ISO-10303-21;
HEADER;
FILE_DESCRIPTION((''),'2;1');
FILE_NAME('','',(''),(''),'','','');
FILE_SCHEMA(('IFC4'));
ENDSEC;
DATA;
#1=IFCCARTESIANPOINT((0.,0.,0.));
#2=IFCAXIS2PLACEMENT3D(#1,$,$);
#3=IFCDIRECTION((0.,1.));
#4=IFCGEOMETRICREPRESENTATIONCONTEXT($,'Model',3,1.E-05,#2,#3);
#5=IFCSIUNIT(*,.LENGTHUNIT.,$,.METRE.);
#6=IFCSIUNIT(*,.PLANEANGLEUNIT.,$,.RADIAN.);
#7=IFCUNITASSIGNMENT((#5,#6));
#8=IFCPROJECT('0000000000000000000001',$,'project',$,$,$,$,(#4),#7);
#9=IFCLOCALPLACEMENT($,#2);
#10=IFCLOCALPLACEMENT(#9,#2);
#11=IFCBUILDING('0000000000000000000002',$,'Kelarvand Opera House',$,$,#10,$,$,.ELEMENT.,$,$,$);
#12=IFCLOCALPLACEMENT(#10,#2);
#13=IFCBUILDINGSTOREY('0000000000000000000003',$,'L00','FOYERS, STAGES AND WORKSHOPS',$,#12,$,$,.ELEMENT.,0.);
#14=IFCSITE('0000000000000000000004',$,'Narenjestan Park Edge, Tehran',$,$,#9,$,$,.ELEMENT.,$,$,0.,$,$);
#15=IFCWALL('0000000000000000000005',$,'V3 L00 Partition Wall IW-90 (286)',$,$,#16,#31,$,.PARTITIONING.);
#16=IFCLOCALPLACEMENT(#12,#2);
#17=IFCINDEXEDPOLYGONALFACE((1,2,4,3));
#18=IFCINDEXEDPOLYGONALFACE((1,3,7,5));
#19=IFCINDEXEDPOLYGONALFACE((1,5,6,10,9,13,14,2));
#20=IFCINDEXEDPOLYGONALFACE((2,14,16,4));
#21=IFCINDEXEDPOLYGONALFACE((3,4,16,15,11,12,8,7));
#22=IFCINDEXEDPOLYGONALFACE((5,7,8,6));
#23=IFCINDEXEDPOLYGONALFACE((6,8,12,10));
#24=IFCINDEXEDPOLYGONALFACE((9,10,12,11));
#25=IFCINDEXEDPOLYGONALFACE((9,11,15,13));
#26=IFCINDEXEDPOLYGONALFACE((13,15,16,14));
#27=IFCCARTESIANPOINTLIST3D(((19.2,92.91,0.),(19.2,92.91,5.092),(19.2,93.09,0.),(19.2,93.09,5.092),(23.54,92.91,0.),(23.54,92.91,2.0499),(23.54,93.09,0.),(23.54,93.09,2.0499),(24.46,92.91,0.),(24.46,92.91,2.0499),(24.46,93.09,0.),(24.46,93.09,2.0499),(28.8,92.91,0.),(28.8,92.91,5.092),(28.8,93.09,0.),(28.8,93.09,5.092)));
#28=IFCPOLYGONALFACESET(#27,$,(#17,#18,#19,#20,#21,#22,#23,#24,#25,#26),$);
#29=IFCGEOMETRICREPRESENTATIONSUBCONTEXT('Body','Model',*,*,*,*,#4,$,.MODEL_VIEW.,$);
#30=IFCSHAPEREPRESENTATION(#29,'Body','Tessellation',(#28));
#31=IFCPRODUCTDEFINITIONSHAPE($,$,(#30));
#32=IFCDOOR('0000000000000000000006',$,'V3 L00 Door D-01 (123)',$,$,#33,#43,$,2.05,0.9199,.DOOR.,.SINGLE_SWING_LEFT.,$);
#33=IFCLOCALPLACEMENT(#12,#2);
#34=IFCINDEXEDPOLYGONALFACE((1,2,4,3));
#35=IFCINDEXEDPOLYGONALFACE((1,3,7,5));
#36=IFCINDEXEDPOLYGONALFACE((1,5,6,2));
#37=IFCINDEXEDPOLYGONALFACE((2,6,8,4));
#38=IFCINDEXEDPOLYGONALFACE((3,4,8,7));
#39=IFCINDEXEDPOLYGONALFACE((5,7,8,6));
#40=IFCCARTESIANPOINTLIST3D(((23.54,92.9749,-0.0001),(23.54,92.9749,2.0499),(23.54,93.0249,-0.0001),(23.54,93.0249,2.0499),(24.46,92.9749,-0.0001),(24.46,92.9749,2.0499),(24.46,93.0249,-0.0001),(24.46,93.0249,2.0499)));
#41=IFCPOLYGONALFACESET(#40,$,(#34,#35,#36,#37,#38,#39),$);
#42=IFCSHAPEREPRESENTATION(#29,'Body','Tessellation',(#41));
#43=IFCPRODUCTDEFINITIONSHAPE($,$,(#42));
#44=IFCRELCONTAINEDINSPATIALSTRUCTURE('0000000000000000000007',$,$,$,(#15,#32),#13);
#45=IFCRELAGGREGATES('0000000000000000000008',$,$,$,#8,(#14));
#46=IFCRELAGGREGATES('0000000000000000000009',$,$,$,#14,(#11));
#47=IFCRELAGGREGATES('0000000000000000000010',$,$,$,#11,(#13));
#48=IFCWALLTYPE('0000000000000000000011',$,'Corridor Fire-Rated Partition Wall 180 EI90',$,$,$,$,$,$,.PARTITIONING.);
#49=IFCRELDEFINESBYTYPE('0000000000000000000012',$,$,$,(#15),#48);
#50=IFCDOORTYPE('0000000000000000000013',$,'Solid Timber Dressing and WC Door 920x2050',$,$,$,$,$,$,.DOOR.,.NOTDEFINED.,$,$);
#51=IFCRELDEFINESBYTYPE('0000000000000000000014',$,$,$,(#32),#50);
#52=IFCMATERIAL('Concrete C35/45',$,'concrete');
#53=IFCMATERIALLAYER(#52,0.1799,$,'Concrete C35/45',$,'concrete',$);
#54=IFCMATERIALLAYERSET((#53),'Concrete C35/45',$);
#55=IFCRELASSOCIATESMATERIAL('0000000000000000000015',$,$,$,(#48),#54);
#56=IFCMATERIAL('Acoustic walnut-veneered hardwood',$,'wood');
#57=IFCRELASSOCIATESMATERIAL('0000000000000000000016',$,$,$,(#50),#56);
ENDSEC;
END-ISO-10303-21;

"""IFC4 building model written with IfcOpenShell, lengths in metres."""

from ifc_helpers import new_model, si_unit, direction, frame, frame_2d, origin, place, context, subcontext, project, spatial, rectangle, extrude, material, layer, layer_set, type_object, element, fill, save


model = new_model("IFC4")

# Units and contexts
model_context = context("Model", 3, precision=1e-05, world=origin(), true_north=direction((0.0, 1.0)))
body_context = subcontext(model_context, "Body", "Model", "MODEL_VIEW")
ifc_project = project(units=[si_unit("LENGTHUNIT", "METRE"), si_unit("PLANEANGLEUNIT", "RADIAN")], contexts=[model_context])

# Site, building, storey
site_placement = place(None, origin())
site = spatial("IfcSite", under=ifc_project, at=site_placement, Name="Narenjestan Park Edge, Tehran", CompositionType="ELEMENT", RefElevation=0.0)
building_placement = place(site_placement, origin())
building = spatial("IfcBuilding", under=site, at=building_placement, Name="Kelarvand Opera House", CompositionType="ELEMENT")
storey_placement = place(building_placement, origin())
storey = spatial("IfcBuildingStorey", under=building, at=storey_placement, Name="L00", Description="FOYERS, STAGES AND WORKSHOPS", CompositionType="ELEMENT", Elevation=0.0)

# Shared definitions
ifc_material_1 = material(Name="Concrete C35/45", Category="concrete")
ifc_layer_1 = layer(ifc_material_1, 0.1799, Name="Concrete C35/45", Category="concrete")
ifc_layer_set_1 = layer_set([ifc_layer_1], Name="Concrete C35/45")
wall_type_1 = type_object("IfcWallType", Name="Corridor Fire-Rated Partition Wall 180 EI90", PredefinedType="PARTITIONING", material=ifc_layer_set_1)

# Shared definitions
ifc_material_2 = material(Name="Acoustic walnut-veneered hardwood", Category="wood")

# Wall, opening, door
wall_1_placement = place(storey_placement, frame((19.2, 93.0, 0.0), z_axis=(0.0, 0.0, 1.0), x_axis=(1.0, 0.0, 0.0)))
wall_1 = element("IfcWall", 1, at=wall_1_placement, inside=storey, type_object=wall_type_1, Name="V3 L00 Partition Wall IW-90 (286)", PredefinedType="PARTITIONING", context=body_context, shape_type="SweptSolid", body=[
    extrude(rectangle(XDim=9.6001, YDim=0.1799, at=frame_2d((4.8, 0.0))), origin(), (0.0, 0.0, 1.0), 5.092),
])
opening_1_placement = place(wall_1_placement, frame((4.3401, 0.0, 0.0)))
opening_1 = element("IfcOpeningElement", 2, at=opening_1_placement, cuts=wall_1, PredefinedType="OPENING", context=body_context, shape_type="SweptSolid", body=[
    extrude(rectangle(XDim=0.9199, YDim=2.05, at=frame_2d((0.46, 1.0249))), frame((0.0, 0.1001, 0.0), z_axis=(0.0, -1.0, 0.0), x_axis=(1.0, 0.0, 0.0)), (0.0, 0.0, 1.0), 0.2),
])
door_type_1 = type_object("IfcDoorType", Name="Solid Timber Dressing and WC Door 920x2050", OperationType="NOTDEFINED", PredefinedType="DOOR", material=ifc_material_2)
door_1_placement = place(opening_1_placement, origin())
door_1 = element("IfcDoor", 3, at=door_1_placement, inside=storey, type_object=door_type_1, Name="V3 L00 Door D-01 (123)", OperationType="SINGLE_SWING_LEFT", OverallHeight=2.05, OverallWidth=0.9199, PredefinedType="DOOR", context=body_context, shape_type="SweptSolid", body=[
    extrude(rectangle(XDim=0.9199, YDim=2.05, at=frame_2d((0.46, 1.0249))), frame((0.0, 0.0249, 0.0), z_axis=(0.0, -1.0, 0.0), x_axis=(1.0, 0.0, 0.0)), (0.0, 0.0, 1.0), 0.05),
])
fill(opening_1, door_1)

save(model, "model.ifc")
